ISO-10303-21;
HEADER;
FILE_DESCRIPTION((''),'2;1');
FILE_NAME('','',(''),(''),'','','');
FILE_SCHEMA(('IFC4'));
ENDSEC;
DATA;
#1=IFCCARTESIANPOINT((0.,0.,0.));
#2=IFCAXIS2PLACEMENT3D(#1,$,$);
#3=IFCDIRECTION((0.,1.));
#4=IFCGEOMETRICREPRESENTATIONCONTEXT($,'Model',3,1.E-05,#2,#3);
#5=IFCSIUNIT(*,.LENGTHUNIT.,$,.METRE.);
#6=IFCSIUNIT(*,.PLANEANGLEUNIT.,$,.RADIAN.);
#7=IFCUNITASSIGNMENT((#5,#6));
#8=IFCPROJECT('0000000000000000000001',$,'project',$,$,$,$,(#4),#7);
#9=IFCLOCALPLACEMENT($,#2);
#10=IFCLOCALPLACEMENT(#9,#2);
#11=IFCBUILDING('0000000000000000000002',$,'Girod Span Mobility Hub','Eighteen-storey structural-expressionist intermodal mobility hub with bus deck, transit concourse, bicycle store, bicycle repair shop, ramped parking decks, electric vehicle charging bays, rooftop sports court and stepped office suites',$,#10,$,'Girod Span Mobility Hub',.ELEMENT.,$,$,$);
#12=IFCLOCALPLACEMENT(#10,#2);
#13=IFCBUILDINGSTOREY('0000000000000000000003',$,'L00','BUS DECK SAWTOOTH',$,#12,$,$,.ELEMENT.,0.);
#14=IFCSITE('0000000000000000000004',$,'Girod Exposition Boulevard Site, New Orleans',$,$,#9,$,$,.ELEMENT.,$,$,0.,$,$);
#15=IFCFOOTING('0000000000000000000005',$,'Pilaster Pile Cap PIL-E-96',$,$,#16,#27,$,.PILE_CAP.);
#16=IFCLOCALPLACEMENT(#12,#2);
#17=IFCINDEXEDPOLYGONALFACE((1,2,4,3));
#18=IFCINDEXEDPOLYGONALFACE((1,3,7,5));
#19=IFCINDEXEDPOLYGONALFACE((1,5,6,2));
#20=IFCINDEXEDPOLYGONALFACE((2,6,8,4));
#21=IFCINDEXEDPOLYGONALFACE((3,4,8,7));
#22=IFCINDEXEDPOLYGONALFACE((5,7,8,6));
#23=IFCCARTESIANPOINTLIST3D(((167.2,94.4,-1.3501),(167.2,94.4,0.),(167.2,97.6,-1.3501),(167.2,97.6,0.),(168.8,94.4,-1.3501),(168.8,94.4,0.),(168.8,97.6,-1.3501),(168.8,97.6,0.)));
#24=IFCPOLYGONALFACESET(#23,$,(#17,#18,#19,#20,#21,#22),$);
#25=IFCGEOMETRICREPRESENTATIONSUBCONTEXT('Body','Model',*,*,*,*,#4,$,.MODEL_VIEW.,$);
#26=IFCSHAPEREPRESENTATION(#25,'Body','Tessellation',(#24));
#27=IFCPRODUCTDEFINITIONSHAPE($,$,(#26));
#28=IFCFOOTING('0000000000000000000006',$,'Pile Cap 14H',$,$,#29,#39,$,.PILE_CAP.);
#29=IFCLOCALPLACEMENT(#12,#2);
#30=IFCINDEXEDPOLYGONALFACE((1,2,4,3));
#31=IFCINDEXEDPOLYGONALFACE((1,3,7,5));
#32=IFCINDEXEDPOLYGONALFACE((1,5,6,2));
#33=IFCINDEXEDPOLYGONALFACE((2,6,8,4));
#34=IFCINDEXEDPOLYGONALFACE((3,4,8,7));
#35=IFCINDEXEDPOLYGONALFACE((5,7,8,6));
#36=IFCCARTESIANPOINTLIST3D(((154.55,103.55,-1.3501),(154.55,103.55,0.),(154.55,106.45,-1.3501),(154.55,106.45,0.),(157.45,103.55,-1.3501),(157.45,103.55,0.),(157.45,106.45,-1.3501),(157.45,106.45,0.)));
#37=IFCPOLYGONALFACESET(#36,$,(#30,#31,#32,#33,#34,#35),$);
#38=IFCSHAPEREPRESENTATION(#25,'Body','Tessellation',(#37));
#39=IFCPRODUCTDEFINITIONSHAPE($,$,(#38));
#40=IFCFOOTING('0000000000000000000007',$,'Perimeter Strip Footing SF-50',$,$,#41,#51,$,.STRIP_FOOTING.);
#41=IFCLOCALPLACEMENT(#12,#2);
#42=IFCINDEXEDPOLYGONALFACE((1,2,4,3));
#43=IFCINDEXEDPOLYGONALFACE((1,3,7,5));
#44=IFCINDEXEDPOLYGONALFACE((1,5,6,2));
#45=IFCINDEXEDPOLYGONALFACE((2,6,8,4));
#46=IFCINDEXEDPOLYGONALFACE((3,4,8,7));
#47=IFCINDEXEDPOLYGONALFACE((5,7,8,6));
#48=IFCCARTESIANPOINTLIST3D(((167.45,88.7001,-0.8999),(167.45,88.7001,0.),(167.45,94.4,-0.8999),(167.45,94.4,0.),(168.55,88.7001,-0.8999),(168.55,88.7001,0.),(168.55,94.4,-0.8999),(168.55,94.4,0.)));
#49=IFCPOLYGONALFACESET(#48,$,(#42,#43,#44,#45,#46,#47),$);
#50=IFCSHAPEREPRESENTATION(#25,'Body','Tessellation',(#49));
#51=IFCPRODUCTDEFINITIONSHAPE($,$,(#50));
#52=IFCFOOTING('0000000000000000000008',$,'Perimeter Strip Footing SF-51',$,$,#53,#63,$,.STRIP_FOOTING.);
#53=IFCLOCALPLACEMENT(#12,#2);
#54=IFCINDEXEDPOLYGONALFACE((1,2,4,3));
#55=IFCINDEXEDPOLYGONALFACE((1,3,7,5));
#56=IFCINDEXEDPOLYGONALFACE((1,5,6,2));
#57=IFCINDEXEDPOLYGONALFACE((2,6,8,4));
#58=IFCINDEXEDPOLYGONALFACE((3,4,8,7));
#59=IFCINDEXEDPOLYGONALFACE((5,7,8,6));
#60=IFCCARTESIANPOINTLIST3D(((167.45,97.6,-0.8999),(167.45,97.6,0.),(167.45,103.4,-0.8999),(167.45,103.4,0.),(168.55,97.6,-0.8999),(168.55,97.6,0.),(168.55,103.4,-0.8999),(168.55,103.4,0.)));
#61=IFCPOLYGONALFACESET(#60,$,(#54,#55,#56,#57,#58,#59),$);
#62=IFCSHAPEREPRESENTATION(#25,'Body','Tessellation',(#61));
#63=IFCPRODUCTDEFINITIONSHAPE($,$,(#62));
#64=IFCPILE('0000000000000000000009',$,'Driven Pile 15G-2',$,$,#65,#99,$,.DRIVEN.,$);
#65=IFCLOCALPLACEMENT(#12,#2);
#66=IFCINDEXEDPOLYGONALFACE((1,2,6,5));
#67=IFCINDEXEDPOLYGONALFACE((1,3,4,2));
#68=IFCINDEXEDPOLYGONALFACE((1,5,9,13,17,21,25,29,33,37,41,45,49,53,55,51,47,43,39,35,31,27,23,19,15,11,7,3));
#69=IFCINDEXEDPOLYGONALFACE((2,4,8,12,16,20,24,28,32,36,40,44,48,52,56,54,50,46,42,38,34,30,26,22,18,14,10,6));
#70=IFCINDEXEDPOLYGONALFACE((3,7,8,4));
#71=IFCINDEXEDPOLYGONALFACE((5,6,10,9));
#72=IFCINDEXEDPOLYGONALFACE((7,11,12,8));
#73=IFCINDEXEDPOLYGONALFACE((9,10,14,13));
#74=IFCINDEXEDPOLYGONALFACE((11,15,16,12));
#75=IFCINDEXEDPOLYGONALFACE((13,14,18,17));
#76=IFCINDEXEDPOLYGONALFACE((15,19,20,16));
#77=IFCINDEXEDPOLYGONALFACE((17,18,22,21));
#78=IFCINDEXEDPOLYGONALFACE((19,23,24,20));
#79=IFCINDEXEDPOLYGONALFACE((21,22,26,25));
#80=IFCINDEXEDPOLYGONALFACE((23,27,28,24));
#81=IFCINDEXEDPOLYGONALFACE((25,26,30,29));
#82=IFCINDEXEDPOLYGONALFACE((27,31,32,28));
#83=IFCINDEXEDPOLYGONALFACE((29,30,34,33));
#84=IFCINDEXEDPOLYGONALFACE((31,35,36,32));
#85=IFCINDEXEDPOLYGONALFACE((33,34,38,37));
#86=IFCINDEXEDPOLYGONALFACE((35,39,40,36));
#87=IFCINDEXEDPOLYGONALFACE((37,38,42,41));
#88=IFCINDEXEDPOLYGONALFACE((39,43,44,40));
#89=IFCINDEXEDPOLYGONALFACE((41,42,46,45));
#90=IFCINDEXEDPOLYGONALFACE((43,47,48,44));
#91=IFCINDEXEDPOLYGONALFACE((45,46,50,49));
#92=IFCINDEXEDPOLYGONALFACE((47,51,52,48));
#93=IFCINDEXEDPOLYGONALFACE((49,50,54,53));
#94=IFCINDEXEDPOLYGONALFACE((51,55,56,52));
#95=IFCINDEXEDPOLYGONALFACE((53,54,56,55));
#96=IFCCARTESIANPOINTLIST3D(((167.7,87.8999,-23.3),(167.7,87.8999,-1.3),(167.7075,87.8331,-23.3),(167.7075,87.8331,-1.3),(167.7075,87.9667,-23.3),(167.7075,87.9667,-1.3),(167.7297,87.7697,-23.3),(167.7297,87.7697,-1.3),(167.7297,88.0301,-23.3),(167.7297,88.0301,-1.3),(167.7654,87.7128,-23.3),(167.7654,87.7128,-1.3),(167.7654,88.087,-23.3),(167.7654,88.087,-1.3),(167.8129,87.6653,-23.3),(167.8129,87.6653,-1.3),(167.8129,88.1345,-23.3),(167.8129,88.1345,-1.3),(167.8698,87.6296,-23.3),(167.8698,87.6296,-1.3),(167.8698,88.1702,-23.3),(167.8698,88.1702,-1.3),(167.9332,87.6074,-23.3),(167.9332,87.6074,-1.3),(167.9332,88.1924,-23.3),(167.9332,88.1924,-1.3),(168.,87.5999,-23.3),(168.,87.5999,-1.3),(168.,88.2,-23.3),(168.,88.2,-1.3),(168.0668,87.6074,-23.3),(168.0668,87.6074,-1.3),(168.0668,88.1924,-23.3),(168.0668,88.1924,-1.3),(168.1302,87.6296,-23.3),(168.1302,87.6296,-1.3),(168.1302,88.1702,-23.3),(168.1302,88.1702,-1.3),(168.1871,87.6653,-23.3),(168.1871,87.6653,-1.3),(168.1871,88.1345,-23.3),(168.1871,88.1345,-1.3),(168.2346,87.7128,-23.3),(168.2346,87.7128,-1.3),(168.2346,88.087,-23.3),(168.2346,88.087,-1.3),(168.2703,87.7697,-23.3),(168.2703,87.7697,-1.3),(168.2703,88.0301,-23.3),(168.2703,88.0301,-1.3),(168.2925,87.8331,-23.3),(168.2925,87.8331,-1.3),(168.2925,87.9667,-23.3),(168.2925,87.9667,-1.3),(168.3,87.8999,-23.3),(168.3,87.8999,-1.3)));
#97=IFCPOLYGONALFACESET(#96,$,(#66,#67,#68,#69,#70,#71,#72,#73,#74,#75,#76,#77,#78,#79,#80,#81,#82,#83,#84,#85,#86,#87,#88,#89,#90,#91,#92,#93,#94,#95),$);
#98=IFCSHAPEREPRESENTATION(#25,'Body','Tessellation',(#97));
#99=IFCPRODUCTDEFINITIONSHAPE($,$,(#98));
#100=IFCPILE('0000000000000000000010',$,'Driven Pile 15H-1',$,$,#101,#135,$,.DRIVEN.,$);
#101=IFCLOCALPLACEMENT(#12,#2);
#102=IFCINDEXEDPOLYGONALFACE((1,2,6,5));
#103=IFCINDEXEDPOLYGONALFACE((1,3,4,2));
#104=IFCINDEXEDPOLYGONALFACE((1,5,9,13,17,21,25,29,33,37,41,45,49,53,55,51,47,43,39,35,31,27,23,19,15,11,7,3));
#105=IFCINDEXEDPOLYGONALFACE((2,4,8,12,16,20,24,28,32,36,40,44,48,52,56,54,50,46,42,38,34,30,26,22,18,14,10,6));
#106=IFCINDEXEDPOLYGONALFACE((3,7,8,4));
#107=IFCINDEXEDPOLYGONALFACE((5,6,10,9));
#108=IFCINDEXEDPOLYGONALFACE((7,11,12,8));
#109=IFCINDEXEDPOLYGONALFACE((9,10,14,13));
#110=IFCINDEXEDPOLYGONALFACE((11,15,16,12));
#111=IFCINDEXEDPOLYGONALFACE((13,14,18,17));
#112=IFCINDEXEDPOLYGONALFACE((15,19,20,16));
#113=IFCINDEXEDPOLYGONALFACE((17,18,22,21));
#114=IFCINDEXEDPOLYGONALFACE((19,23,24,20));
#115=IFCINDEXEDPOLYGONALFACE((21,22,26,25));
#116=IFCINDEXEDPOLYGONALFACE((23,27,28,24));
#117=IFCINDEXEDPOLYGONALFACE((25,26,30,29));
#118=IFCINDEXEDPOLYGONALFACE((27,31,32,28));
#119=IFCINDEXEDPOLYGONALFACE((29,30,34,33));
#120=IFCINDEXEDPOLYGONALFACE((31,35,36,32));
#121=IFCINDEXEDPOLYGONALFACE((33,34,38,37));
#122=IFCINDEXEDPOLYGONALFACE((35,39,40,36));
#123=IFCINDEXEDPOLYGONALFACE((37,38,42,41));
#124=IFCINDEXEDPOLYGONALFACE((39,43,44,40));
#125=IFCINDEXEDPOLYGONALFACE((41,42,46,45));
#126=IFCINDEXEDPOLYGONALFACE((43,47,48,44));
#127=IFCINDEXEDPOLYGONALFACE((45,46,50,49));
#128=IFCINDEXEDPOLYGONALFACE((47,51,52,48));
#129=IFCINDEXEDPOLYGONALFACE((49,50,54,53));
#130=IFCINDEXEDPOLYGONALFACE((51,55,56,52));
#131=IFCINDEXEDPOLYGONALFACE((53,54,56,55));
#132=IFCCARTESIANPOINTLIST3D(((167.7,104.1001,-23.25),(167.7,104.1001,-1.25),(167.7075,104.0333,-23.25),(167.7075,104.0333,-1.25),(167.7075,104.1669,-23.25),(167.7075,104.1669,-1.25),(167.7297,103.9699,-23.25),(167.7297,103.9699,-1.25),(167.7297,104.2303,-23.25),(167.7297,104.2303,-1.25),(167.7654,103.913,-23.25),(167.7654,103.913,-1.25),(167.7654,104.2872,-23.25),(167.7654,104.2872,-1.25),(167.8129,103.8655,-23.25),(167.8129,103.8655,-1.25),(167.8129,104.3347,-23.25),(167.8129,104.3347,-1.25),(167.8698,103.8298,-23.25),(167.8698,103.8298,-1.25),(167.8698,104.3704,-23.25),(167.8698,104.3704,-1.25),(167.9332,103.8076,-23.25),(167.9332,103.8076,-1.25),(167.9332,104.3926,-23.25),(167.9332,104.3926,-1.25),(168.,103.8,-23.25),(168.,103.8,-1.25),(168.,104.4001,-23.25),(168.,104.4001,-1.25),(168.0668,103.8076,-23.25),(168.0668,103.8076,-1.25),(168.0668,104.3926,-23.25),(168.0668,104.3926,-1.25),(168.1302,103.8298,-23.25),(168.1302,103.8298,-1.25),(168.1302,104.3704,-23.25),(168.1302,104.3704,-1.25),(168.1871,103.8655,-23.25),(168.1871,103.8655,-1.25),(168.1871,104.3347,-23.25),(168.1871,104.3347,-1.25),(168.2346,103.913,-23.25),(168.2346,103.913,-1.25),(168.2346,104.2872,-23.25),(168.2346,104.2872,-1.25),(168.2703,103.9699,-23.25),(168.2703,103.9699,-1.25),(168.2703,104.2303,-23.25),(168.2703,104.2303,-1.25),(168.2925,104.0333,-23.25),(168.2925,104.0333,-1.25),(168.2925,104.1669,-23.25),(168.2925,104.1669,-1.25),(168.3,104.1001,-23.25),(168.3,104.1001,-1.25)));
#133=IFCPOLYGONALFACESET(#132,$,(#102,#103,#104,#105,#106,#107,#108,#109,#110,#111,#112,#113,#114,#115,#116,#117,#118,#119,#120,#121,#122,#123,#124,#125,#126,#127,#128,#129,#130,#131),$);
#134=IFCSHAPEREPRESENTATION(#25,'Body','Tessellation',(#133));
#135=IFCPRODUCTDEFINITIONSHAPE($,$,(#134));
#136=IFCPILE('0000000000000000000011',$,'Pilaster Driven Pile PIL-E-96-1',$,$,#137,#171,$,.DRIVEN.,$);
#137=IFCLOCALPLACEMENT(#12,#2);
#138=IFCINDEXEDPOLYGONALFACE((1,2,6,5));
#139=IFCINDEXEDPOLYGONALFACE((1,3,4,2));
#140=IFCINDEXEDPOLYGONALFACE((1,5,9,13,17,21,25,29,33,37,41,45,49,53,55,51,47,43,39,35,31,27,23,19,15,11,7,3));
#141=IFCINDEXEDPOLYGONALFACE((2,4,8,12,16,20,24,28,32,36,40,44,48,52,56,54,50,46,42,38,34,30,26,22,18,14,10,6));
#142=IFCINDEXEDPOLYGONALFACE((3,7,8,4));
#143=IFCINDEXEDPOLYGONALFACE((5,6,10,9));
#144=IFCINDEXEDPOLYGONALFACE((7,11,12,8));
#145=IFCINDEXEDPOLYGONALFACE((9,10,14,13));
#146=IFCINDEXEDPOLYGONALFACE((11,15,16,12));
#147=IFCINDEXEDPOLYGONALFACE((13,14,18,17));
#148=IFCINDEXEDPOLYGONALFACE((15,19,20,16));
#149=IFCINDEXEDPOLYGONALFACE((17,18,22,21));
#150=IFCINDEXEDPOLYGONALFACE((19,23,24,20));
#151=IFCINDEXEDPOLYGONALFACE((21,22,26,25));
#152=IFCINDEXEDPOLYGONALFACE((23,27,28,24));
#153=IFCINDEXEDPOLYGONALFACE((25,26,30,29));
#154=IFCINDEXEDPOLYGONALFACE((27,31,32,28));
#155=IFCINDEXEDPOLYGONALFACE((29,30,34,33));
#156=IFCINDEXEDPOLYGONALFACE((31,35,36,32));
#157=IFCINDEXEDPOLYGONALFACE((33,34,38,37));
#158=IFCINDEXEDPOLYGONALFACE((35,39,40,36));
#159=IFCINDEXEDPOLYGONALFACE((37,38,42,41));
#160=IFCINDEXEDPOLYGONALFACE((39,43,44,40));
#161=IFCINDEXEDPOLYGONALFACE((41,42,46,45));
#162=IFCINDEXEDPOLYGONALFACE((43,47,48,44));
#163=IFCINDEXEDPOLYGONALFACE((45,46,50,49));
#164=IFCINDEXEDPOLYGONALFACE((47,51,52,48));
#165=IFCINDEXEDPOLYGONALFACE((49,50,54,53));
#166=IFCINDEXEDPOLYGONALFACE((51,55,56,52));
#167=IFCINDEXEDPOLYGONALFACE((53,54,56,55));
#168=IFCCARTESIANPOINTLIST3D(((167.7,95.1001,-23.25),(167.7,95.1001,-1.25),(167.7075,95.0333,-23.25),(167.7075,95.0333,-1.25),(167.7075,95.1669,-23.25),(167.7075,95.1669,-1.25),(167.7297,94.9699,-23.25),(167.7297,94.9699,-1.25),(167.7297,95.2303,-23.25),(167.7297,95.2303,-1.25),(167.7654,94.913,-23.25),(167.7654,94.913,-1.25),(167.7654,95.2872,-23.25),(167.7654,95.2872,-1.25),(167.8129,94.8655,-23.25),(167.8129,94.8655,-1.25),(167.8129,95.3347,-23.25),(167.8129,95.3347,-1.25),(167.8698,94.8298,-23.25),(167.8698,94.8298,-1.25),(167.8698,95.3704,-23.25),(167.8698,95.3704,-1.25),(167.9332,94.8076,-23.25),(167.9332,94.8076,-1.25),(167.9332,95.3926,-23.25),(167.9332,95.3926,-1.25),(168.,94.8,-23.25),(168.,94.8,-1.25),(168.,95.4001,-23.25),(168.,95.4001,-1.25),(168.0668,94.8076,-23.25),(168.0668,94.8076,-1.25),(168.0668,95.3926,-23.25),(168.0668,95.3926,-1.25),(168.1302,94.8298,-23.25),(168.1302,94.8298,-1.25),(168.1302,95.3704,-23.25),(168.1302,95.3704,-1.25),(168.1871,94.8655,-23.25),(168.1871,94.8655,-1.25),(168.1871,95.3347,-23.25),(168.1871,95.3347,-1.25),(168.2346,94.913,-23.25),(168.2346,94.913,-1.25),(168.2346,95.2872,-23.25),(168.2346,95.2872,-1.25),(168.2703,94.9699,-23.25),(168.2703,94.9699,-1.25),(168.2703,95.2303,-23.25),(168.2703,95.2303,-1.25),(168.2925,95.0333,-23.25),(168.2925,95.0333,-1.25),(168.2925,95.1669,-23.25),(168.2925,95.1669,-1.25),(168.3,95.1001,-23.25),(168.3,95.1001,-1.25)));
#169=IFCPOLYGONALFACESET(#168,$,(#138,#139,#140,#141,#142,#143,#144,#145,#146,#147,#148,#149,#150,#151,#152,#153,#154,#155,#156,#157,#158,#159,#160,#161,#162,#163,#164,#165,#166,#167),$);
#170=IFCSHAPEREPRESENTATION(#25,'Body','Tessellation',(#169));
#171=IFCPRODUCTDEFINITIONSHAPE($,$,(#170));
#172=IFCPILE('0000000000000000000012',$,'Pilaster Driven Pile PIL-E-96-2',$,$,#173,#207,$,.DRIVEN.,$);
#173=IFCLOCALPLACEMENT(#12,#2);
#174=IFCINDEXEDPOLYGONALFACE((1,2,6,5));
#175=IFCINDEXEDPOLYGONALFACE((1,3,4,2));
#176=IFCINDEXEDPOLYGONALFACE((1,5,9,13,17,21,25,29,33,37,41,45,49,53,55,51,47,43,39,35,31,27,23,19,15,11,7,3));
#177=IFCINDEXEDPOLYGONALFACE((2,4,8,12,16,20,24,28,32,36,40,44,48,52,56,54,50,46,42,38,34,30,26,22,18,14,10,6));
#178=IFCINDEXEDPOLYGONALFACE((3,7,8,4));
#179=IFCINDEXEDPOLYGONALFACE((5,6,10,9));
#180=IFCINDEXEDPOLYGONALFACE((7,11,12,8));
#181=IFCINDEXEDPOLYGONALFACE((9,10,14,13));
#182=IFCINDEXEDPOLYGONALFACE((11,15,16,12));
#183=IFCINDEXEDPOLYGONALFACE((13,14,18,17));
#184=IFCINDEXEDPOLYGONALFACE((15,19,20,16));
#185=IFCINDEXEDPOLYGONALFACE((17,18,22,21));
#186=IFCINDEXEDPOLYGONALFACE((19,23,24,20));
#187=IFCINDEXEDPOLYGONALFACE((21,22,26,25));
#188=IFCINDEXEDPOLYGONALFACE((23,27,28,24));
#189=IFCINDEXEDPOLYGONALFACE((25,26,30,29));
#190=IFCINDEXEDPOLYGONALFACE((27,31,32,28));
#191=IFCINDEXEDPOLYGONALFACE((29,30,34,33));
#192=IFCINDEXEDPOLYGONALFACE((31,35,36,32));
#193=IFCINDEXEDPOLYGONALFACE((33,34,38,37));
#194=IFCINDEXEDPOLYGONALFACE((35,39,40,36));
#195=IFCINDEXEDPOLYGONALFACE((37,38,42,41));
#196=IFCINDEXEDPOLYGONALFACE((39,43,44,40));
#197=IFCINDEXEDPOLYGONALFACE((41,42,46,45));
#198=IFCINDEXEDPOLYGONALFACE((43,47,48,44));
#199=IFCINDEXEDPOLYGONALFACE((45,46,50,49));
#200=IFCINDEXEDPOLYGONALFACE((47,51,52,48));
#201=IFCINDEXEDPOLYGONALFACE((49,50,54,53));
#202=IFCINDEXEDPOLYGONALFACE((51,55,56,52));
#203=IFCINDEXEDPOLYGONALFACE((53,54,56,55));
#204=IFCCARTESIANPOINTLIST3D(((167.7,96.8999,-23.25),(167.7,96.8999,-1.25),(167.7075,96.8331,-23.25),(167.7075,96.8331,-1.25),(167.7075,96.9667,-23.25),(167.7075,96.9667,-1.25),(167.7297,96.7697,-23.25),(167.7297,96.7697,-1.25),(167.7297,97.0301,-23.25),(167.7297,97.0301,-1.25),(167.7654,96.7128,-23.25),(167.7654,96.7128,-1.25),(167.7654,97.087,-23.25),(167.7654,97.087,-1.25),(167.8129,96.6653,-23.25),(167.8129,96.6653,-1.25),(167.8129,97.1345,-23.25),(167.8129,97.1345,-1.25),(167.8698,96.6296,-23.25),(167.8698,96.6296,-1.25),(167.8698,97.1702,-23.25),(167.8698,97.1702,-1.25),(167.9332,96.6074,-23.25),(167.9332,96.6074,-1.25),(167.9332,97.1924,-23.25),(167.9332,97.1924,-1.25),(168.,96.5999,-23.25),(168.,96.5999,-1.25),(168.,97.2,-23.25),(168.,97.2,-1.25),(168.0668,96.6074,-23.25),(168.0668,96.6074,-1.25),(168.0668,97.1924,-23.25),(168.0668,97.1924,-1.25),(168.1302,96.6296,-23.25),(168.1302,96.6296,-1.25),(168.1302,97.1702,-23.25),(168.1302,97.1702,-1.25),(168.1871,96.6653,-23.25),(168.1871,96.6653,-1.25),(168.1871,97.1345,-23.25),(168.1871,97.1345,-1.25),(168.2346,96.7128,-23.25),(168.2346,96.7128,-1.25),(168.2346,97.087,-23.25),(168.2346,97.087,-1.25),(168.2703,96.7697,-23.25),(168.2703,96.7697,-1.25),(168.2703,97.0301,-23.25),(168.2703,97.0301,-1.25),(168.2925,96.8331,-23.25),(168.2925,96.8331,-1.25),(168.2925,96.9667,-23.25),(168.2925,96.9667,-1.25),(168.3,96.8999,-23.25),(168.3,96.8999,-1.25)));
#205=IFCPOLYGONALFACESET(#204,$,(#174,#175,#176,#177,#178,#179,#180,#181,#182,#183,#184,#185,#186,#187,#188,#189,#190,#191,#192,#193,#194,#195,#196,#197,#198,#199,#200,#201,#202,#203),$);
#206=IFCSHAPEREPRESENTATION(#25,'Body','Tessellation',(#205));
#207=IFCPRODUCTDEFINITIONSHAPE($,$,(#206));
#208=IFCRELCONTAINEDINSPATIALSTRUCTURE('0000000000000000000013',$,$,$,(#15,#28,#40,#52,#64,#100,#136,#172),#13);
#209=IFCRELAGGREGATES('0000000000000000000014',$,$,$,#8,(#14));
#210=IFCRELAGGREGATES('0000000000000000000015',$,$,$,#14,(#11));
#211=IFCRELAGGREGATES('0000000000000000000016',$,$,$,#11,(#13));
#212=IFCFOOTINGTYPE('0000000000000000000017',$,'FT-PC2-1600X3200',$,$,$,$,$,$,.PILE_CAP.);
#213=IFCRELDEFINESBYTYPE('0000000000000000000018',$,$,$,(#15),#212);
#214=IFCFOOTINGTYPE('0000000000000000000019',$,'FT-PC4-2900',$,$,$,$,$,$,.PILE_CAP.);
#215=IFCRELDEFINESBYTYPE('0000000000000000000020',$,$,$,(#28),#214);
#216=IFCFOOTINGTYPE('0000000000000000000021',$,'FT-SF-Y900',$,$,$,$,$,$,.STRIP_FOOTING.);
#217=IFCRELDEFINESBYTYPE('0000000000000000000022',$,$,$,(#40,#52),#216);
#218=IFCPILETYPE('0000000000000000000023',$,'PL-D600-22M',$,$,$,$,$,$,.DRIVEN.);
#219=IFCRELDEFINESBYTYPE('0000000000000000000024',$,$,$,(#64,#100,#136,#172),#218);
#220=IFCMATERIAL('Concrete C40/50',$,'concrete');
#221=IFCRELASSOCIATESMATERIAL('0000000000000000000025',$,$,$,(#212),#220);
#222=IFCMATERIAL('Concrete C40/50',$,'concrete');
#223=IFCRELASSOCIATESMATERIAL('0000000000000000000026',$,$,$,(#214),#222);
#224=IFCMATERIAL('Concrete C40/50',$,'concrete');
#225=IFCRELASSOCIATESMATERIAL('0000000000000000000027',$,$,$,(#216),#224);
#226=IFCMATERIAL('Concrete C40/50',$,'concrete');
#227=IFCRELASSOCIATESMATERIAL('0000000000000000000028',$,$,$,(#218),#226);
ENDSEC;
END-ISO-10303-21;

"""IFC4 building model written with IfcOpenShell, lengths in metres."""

from ifc_helpers import new_model, si_unit, direction, frame, origin, origin_2d, place, context, subcontext, project, spatial, rectangle, circle, extrude, material, material_profile, profile_set, type_object, element, save


model = new_model("IFC4")

# Units and contexts
model_context = context("Model", 3, precision=1e-05, world=origin(), true_north=direction((0.0, 1.0)))
body_context = subcontext(model_context, "Body", "Model", "MODEL_VIEW")
ifc_project = project(units=[si_unit("LENGTHUNIT", "METRE"), si_unit("PLANEANGLEUNIT", "RADIAN")], contexts=[model_context])

# Site, building, storey
site_placement = place(None, origin())
site = spatial("IfcSite", under=ifc_project, at=site_placement, Name="Girod Exposition Boulevard Site, New Orleans", CompositionType="ELEMENT", RefElevation=0.0)
building_placement = place(site_placement, origin())
building = spatial("IfcBuilding", under=site, at=building_placement, Name="Girod Span Mobility Hub", Description="Eighteen-storey structural-expressionist intermodal mobility hub with bus deck, transit concourse, bicycle store, bicycle repair shop, ramped parking decks, electric vehicle charging bays, rooftop sports court and stepped office suites", LongName="Girod Span Mobility Hub", CompositionType="ELEMENT")
storey_placement = place(building_placement, origin())
storey = spatial("IfcBuildingStorey", under=building, at=storey_placement, Name="L00", Description="BUS DECK SAWTOOTH", CompositionType="ELEMENT", Elevation=0.0)

# Footings
ifc_material_1 = material(Name="Concrete C40/50", Category="concrete")
footing_type_1 = type_object("IfcFootingType", Name="FT-PC2-1600X3200", PredefinedType="PILE_CAP", material=ifc_material_1)
footing_1_placement = place(storey_placement, frame((168.0, 96.0, -1.3501), z_axis=(0.0, 0.0, 1.0), x_axis=(1.0, 0.0, 0.0)))
element("IfcFooting", 1, at=footing_1_placement, inside=storey, type_object=footing_type_1, Name="Pilaster Pile Cap PIL-E-96", PredefinedType="PILE_CAP", context=body_context, shape_type="SweptSolid", body=[
    extrude(rectangle(XDim=1.6001, YDim=3.2, at=origin_2d()), origin(), (0.0, 0.0, 1.0), 1.3501),
])
ifc_material_2 = material(Name="Concrete C40/50", Category="concrete")
footing_type_2 = type_object("IfcFootingType", Name="FT-PC4-2900", PredefinedType="PILE_CAP", material=ifc_material_2)
footing_2_placement = place(storey_placement, frame((156.0, 105.0, -1.3501), z_axis=(0.0, 0.0, 1.0), x_axis=(1.0, 0.0, 0.0)))
element("IfcFooting", 2, at=footing_2_placement, inside=storey, type_object=footing_type_2, Name="Pile Cap 14H", PredefinedType="PILE_CAP", context=body_context, shape_type="SweptSolid", body=[
    extrude(rectangle(XDim=2.8999, YDim=2.8999, at=origin_2d()), origin(), (0.0, 0.0, 1.0), 1.3501),
])
ifc_material_3 = material(Name="Concrete C40/50", Category="concrete")
footing_type_3 = type_object("IfcFootingType", Name="FT-SF-Y900", PredefinedType="STRIP_FOOTING", material=ifc_material_3)
footing_3_placement = place(storey_placement, frame((168.0, 91.55, -0.8999), z_axis=(0.0, 0.0, 1.0), x_axis=(1.0, 0.0, 0.0)))
element("IfcFooting", 3, at=footing_3_placement, inside=storey, type_object=footing_type_3, Name="Perimeter Strip Footing SF-50", PredefinedType="STRIP_FOOTING", context=body_context, shape_type="SweptSolid", body=[
    extrude(rectangle(XDim=1.1001, YDim=5.7, at=origin_2d()), origin(), (0.0, 0.0, 1.0), 0.8999),
])
footing_4_placement = place(storey_placement, frame((168.0, 100.5, -0.8999), z_axis=(0.0, 0.0, 1.0), x_axis=(1.0, 0.0, 0.0)))
element("IfcFooting", 4, at=footing_4_placement, inside=storey, type_object=footing_type_3, Name="Perimeter Strip Footing SF-51", PredefinedType="STRIP_FOOTING", context=body_context, shape_type="SweptSolid", body=[
    extrude(rectangle(XDim=1.1001, YDim=5.8, at=origin_2d()), origin(), (0.0, 0.0, 1.0), 0.8999),
])

# Piles
ifc_material_4 = material(Name="Concrete C40/50", Category="concrete")
ifc_material_profile_1 = material_profile(ifc_material_4, circle(Radius=0.3, at=origin_2d()), Name="PILE-D600")
ifc_profile_set_1 = profile_set([ifc_material_profile_1], Name="Concrete C40/50")
pile_type_1 = type_object("IfcPileType", Name="PL-D600-22M", PredefinedType="DRIVEN", material=ifc_profile_set_1)
for number, where, z_axis, x_axis, name in (
    (5, (168.0, 87.8999, -1.3), (0.0, 0.0, -1.0), (1.0, 0.0, 0.0), "Driven Pile 15G-2"),
    (6, (168.0, 104.1001, -1.25), (0.0, 0.0, -1.0), (1.0, 0.0, 0.0), "Driven Pile 15H-1"),
    (7, (168.0, 95.1001, -1.25), (0.0, 0.0, -1.0), (1.0, 0.0, 0.0), "Pilaster Driven Pile PIL-E-96-1"),
    (8, (168.0, 96.8999, -1.25), (0.0, 0.0, -1.0), (1.0, 0.0, 0.0), "Pilaster Driven Pile PIL-E-96-2"),
):
    element("IfcPile", number, at=place(storey_placement, frame(where, z_axis=z_axis, x_axis=x_axis)), inside=storey, type_object=pile_type_1, Name=name, PredefinedType="DRIVEN", context=body_context, shape_type="SweptSolid", body=[
        extrude(circle(Radius=0.3, at=origin_2d()), origin(), (0.0, 0.0, 1.0), 22.0),
    ])

save(model, "model.ifc")
